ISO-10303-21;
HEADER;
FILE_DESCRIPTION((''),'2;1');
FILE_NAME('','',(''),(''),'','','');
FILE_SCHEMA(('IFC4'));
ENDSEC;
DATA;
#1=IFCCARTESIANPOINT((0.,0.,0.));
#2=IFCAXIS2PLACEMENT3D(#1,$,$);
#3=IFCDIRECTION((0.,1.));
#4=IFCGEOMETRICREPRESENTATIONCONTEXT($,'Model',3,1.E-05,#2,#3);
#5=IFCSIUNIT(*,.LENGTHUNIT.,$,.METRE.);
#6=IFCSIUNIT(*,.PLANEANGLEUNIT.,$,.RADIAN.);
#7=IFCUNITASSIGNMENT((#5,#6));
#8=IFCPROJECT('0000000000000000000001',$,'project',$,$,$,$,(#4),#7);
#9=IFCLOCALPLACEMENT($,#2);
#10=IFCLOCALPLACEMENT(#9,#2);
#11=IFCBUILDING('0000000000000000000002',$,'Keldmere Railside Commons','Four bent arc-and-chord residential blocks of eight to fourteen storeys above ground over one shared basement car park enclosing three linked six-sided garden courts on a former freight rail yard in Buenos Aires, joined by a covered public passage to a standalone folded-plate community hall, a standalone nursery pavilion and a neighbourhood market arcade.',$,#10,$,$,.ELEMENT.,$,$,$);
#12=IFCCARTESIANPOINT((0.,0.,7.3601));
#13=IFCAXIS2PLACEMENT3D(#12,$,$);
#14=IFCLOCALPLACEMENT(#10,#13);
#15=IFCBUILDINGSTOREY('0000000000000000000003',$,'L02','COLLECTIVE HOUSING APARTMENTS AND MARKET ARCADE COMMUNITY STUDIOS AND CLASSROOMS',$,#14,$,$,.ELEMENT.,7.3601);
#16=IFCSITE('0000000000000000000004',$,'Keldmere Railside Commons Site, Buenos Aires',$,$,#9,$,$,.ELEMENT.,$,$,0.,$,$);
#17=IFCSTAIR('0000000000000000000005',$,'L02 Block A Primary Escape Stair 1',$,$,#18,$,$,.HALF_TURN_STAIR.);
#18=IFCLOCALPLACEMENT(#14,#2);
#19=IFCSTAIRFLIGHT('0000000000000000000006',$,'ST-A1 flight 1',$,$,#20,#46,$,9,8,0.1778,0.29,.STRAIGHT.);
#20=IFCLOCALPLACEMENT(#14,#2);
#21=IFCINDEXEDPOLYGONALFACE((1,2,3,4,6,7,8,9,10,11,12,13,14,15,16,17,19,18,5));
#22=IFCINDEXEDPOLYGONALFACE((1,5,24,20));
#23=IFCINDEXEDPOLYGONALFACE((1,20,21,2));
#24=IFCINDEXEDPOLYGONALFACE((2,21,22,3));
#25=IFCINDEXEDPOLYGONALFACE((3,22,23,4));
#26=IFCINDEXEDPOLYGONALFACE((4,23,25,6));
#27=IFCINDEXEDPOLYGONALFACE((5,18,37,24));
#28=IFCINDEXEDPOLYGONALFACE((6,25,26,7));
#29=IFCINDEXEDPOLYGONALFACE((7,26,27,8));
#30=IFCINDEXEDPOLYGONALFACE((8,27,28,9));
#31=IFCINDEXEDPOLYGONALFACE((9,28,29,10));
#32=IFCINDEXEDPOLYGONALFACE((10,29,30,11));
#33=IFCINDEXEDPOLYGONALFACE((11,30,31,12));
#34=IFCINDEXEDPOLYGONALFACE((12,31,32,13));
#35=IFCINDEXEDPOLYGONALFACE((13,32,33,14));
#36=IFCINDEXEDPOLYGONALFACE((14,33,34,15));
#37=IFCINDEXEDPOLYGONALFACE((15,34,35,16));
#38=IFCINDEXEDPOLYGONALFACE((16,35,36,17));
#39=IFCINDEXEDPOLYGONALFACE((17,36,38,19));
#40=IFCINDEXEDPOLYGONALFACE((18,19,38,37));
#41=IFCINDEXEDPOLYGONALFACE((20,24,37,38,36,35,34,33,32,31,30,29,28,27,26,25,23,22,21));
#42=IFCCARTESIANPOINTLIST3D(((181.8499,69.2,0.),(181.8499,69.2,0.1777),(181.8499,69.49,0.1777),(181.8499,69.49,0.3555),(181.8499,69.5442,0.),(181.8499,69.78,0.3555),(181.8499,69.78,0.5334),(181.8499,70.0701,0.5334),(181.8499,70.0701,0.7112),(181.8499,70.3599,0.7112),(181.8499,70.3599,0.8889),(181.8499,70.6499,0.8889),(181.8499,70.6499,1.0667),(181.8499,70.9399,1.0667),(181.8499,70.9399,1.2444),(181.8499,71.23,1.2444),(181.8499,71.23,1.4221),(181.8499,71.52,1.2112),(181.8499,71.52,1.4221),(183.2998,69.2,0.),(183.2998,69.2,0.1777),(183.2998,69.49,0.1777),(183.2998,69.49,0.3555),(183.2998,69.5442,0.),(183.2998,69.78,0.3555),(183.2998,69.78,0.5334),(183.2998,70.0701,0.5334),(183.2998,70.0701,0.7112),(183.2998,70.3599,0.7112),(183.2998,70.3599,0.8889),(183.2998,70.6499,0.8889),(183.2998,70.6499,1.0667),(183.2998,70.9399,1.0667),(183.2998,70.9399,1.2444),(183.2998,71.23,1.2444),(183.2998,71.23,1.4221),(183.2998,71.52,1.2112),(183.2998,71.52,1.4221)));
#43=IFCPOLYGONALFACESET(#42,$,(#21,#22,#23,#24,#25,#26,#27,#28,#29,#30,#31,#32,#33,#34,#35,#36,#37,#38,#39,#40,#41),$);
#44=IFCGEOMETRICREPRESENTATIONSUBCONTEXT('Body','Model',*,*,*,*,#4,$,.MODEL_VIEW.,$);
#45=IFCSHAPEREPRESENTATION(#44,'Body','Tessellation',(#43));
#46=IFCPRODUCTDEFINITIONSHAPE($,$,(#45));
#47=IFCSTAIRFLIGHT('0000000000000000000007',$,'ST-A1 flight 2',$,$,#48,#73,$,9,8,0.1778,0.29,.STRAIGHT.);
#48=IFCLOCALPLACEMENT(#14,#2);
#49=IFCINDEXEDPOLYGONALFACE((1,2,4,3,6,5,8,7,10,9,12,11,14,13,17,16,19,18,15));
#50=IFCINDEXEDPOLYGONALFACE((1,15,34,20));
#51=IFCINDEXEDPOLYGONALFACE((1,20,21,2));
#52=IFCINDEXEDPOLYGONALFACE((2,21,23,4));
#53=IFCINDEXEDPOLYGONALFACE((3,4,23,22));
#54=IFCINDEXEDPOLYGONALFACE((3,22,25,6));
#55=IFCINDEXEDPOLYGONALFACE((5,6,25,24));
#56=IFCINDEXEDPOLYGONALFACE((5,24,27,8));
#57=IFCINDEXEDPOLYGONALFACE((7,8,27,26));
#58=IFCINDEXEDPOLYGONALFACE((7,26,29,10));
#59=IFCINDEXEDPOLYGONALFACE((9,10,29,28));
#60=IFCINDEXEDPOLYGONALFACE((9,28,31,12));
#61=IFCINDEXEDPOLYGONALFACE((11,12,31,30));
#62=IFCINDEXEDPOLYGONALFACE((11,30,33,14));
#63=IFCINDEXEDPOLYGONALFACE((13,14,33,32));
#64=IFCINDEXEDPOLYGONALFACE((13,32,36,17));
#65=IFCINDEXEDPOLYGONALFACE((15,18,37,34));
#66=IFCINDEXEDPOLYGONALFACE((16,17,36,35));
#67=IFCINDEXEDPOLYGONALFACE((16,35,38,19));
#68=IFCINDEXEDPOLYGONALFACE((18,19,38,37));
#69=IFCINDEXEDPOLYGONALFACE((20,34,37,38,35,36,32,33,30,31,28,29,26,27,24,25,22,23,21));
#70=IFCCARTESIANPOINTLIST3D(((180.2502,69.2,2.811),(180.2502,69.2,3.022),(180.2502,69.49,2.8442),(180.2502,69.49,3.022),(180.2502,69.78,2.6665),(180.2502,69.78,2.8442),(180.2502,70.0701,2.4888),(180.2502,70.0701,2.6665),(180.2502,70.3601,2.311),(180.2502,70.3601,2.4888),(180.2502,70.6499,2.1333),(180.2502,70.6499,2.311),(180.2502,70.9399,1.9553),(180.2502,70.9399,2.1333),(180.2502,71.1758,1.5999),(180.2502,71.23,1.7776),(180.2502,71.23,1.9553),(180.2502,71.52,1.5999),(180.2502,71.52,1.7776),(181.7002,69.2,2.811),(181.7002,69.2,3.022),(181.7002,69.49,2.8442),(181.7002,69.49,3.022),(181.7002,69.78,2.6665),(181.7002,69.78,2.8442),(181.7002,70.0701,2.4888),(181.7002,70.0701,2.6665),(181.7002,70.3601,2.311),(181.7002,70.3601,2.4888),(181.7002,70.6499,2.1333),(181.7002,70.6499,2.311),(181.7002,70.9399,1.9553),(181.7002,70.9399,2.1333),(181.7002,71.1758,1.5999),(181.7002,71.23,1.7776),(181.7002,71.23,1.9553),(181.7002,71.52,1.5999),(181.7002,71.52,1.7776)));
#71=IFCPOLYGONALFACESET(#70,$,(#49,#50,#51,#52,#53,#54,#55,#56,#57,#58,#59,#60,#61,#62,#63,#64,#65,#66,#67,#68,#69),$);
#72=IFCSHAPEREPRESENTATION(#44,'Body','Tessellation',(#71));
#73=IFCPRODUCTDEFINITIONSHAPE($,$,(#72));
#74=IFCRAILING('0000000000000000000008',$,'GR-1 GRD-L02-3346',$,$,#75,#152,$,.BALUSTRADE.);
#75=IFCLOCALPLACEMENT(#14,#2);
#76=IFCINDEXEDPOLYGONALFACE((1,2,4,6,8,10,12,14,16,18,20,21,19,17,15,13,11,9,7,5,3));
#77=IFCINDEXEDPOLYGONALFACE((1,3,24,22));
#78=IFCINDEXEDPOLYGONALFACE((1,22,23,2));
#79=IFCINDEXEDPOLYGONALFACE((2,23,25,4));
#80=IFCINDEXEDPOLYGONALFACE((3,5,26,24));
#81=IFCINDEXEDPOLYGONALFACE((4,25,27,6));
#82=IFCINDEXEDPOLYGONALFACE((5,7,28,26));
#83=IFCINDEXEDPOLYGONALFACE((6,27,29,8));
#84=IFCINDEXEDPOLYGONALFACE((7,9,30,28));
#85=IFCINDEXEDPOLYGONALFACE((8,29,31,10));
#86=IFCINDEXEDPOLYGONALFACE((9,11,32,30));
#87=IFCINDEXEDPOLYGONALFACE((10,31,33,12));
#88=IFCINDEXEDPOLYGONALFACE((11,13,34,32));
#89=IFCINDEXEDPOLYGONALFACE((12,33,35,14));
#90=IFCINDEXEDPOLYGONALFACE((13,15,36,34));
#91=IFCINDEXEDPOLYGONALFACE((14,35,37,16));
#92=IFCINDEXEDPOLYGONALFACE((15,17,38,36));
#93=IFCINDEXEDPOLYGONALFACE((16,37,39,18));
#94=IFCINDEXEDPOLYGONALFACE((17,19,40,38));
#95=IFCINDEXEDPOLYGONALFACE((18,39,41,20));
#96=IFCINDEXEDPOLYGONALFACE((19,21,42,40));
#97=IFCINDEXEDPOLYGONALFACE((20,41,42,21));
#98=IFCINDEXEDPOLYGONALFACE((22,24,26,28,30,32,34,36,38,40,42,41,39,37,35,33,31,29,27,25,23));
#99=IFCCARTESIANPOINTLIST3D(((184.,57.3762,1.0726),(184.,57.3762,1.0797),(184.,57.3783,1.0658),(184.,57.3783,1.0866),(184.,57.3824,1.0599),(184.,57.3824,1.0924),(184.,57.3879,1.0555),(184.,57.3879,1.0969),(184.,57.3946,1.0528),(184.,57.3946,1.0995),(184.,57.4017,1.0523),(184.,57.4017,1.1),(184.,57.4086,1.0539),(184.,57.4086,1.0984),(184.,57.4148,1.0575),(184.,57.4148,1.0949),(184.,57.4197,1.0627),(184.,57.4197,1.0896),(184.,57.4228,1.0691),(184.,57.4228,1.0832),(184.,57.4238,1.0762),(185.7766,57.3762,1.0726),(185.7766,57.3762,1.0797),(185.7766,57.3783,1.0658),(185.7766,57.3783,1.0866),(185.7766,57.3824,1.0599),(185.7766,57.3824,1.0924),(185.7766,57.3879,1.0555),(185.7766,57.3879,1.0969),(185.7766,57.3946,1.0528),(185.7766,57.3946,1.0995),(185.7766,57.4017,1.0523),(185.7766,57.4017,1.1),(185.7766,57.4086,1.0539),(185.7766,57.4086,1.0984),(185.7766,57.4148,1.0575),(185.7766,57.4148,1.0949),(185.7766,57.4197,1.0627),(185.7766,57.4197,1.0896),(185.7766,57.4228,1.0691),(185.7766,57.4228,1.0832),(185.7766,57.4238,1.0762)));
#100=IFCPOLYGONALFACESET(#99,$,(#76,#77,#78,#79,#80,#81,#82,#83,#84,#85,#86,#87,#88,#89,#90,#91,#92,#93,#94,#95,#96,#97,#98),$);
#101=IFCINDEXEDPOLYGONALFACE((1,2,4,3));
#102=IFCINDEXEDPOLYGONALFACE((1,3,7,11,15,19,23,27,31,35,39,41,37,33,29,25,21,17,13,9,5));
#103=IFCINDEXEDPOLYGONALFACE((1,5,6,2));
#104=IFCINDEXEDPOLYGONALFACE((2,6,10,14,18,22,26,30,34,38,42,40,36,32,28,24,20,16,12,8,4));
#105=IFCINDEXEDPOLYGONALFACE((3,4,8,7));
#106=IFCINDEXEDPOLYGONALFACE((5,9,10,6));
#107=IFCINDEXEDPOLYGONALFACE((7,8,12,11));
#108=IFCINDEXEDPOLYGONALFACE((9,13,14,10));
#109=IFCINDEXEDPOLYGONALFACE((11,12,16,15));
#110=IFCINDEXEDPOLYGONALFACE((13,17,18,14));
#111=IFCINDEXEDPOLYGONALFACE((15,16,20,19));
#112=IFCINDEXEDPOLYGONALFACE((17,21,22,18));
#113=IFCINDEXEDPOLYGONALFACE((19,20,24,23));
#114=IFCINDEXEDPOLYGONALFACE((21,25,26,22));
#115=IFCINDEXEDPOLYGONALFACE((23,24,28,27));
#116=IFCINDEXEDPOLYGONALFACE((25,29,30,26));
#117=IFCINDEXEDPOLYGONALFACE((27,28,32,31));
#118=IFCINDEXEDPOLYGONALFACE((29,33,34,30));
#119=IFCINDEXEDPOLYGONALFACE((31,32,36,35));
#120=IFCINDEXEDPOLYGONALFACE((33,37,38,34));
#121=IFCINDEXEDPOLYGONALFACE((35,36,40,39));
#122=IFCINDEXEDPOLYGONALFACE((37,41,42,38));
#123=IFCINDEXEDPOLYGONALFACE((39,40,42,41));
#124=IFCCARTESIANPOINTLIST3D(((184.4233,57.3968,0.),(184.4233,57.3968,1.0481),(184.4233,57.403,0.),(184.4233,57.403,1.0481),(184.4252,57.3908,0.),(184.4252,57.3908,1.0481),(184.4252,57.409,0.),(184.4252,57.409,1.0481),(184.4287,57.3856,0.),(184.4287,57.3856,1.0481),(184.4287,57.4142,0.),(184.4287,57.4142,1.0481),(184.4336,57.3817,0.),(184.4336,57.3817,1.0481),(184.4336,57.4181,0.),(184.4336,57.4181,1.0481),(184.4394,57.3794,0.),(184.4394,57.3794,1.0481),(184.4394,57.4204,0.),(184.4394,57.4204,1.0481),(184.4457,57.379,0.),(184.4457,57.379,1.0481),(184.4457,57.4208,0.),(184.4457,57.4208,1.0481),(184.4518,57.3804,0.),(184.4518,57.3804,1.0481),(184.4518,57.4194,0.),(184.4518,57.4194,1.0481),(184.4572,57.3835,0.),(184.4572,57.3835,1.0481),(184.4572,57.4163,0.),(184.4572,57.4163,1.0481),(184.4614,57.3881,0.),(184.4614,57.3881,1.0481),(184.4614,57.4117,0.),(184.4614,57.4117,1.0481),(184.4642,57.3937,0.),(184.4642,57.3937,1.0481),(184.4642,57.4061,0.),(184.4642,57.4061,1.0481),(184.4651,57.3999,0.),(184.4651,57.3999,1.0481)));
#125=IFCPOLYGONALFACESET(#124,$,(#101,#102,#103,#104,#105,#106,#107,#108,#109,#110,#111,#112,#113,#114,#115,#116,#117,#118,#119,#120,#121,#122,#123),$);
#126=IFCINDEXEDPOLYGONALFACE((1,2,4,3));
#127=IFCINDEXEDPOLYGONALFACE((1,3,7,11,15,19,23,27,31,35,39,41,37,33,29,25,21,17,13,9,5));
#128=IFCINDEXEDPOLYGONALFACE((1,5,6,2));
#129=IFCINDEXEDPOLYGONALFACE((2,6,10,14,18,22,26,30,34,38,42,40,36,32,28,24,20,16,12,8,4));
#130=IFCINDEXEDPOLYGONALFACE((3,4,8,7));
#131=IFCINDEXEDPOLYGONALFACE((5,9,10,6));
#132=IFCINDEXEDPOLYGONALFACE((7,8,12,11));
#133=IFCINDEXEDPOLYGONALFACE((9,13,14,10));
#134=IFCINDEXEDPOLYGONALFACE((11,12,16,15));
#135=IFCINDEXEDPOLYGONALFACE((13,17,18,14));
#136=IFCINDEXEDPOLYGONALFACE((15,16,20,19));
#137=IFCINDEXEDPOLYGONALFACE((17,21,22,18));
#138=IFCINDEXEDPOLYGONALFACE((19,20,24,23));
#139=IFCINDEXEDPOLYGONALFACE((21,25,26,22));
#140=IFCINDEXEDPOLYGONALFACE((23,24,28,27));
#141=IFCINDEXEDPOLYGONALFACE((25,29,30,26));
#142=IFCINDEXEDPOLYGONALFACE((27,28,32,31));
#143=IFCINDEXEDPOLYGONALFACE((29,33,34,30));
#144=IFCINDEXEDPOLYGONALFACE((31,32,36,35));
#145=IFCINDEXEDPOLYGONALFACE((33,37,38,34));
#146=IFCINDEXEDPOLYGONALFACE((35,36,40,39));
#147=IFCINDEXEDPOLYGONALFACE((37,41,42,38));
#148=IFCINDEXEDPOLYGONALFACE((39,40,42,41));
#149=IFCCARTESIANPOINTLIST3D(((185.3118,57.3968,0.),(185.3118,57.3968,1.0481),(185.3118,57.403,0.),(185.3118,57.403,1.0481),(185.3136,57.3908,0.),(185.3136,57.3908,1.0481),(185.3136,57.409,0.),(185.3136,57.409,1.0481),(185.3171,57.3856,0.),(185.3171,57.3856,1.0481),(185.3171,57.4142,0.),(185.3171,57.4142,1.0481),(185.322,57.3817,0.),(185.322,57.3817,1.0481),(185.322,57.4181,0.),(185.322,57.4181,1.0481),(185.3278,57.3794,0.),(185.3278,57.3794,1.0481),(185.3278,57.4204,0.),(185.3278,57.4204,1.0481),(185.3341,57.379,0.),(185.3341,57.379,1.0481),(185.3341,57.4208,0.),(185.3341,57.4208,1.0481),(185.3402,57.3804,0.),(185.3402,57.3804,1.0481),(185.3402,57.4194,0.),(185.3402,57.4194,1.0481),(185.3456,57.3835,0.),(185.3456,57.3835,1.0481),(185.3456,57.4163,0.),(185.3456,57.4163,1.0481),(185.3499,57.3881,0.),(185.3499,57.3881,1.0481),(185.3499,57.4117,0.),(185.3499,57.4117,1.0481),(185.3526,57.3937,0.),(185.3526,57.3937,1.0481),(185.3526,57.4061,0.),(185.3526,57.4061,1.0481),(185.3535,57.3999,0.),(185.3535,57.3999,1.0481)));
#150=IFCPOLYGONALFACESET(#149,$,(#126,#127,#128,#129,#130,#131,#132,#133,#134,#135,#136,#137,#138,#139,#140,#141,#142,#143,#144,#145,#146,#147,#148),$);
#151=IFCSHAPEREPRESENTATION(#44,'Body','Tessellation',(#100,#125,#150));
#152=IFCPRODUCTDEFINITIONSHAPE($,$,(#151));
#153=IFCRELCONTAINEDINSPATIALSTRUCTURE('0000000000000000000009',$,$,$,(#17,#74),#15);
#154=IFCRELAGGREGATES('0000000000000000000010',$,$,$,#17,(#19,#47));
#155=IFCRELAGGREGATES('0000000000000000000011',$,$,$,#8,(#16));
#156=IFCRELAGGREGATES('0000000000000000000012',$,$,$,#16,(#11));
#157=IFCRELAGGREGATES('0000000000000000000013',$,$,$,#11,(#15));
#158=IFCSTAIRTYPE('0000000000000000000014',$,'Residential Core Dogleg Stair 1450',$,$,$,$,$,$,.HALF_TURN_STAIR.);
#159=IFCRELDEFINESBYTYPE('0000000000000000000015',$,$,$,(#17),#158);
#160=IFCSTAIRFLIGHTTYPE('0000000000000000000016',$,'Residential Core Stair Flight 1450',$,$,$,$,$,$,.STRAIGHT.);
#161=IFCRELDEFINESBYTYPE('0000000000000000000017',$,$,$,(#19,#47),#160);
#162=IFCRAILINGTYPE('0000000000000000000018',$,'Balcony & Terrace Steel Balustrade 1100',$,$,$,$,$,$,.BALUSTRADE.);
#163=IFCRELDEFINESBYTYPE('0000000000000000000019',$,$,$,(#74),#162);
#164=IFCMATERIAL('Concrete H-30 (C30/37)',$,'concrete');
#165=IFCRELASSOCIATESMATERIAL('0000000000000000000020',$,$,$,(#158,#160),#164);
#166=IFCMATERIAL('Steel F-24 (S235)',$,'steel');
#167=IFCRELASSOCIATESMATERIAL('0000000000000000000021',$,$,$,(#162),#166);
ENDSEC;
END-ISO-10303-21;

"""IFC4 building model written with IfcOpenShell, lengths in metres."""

from ifc_helpers import new_model, si_unit, direction, frame, origin, origin_2d, place, context, subcontext, project, spatial, polyline, circle, outline, extrude, material, type_object, element, aggregate, save


model = new_model("IFC4")

# Units and contexts
model_context = context("Model", 3, precision=1e-05, world=origin(), true_north=direction((0.0, 1.0)))
body_context = subcontext(model_context, "Body", "Model", "MODEL_VIEW")
ifc_project = project(units=[si_unit("LENGTHUNIT", "METRE"), si_unit("PLANEANGLEUNIT", "RADIAN")], contexts=[model_context])

# Site, building, storey
site_placement = place(None, origin())
site = spatial("IfcSite", under=ifc_project, at=site_placement, Name="Keldmere Railside Commons Site, Buenos Aires", CompositionType="ELEMENT", RefElevation=0.0)
building_placement = place(site_placement, origin())
building = spatial("IfcBuilding", under=site, at=building_placement, Name="Keldmere Railside Commons", Description="Four bent arc-and-chord residential blocks of eight to fourteen storeys above ground over one shared basement car park enclosing three linked six-sided garden courts on a former freight rail yard in Buenos Aires, joined by a covered public passage to a standalone folded-plate community hall, a standalone nursery pavilion and a neighbourhood market arcade.", CompositionType="ELEMENT")
storey_placement = place(building_placement, frame((0.0, 0.0, 7.3601)))
storey = spatial("IfcBuildingStorey", under=building, at=storey_placement, Name="L02", Description="COLLECTIVE HOUSING APARTMENTS AND MARKET ARCADE COMMUNITY STUDIOS AND CLASSROOMS", CompositionType="ELEMENT", Elevation=7.3601)

# Shared definitions
ifc_material_1 = material(Name="Concrete H-30 (C30/37)", Category="concrete")

# Shared definitions
ifc_material_2 = material(Name="Steel F-24 (S235)", Category="steel")

# Stair, stair flights
stair_type = type_object("IfcStairType", Name="Residential Core Dogleg Stair 1450", PredefinedType="HALF_TURN_STAIR", material=ifc_material_1)
stair_placement = place(storey_placement, origin())
stair = element("IfcStair", 1, at=stair_placement, inside=storey, type_object=stair_type, Name="L02 Block A Primary Escape Stair 1", PredefinedType="HALF_TURN_STAIR")
stair_flight_type = type_object("IfcStairFlightType", Name="Residential Core Stair Flight 1450", PredefinedType="STRAIGHT", material=ifc_material_1)
stair_flight_1_placement = place(storey_placement, frame((182.575, 69.2, 0.0), z_axis=(0.0, 0.0, 1.0), x_axis=(0.0, 1.0, 0.0)))
stair_flight_1 = element("IfcStairFlight", 2, at=stair_flight_1_placement, type_object=stair_flight_type, Name="ST-A1 flight 1", NumberOfRisers=9, NumberOfTreads=8, PredefinedType="STRAIGHT", RiserHeight=0.1778, TreadLength=0.29, context=body_context, shape_type="SweptSolid", body=[
    extrude(outline(polyline([(0.0, 0.0), (0.0, 0.1777), (0.29, 0.1777), (0.29, 0.3555), (0.5801, 0.3555), (0.5801, 0.5334), (0.8701, 0.5334), (0.8701, 0.7112), (1.1599, 0.7112), (1.1599, 0.8889), (1.45, 0.8889), (1.45, 1.0667), (1.74, 1.0667), (1.74, 1.2444), (2.03, 1.2444), (2.03, 1.4221), (2.3201, 1.4221), (2.3201, 1.6001), (2.3201, 1.2112), (0.3442, 0.0), (0.0, 0.0)])), frame((0.0, 0.7251, 0.0), z_axis=(0.0, -1.0, 0.0), x_axis=(1.0, 0.0, 0.0)), (0.0, 0.0, 1.0), 1.45),
])
stair_flight_2_placement = place(storey_placement, frame((180.9751, 71.52, 1.5999), z_axis=(0.0, 0.0, 1.0), x_axis=(0.0, -1.0, 0.0)))
stair_flight_2 = element("IfcStairFlight", 3, at=stair_flight_2_placement, type_object=stair_flight_type, Name="ST-A1 flight 2", NumberOfRisers=9, NumberOfTreads=8, PredefinedType="STRAIGHT", RiserHeight=0.1778, TreadLength=0.29, context=body_context, shape_type="SweptSolid", body=[
    extrude(outline(polyline([(0.0, 0.0), (0.0, 0.1777), (0.29, 0.1777), (0.29, 0.3555), (0.5801, 0.3555), (0.5801, 0.5334), (0.8701, 0.5334), (0.8701, 0.7112), (1.1599, 0.7112), (1.1599, 0.8889), (1.45, 0.8889), (1.45, 1.0667), (1.74, 1.0667), (1.74, 1.2444), (2.03, 1.2444), (2.03, 1.4221), (2.3201, 1.4221), (2.3201, 1.6001), (2.3201, 1.2112), (0.3442, 0.0), (0.0, 0.0)])), frame((0.0, 0.7251, 0.0), z_axis=(0.0, -1.0, 0.0), x_axis=(1.0, 0.0, 0.0)), (0.0, 0.0, 1.0), 1.45),
])
aggregate(stair, [stair_flight_1, stair_flight_2])

# Railing
railing_type_1 = type_object("IfcRailingType", Name="Balcony & Terrace Steel Balustrade 1100", PredefinedType="BALUSTRADE", material=ifc_material_2)
railing_1_placement = place(storey_placement, frame((184.0, 57.3999, 0.0)))
element("IfcRailing", 4, at=railing_1_placement, inside=storey, type_object=railing_type_1, Name="GR-1 GRD-L02-3346", PredefinedType="BALUSTRADE", context=body_context, shape_type="SweptSolid", body=[
    extrude(circle(Radius=0.0239, at=origin_2d()), frame((0.0, 0.0, 1.0762), z_axis=(1.0, 0.0, 0.0), x_axis=(0.0, 1.0, 0.0)), (0.0, 0.0, 1.0), 1.7766),
    extrude(circle(Radius=0.021, at=origin_2d()), frame((0.4441, 0.0, 0.0)), (0.0, 0.0, 1.0), 1.0481),
    extrude(circle(Radius=0.021, at=origin_2d()), frame((1.3325, 0.0, 0.0)), (0.0, 0.0, 1.0), 1.0481),
])

save(model, "model.ifc")
